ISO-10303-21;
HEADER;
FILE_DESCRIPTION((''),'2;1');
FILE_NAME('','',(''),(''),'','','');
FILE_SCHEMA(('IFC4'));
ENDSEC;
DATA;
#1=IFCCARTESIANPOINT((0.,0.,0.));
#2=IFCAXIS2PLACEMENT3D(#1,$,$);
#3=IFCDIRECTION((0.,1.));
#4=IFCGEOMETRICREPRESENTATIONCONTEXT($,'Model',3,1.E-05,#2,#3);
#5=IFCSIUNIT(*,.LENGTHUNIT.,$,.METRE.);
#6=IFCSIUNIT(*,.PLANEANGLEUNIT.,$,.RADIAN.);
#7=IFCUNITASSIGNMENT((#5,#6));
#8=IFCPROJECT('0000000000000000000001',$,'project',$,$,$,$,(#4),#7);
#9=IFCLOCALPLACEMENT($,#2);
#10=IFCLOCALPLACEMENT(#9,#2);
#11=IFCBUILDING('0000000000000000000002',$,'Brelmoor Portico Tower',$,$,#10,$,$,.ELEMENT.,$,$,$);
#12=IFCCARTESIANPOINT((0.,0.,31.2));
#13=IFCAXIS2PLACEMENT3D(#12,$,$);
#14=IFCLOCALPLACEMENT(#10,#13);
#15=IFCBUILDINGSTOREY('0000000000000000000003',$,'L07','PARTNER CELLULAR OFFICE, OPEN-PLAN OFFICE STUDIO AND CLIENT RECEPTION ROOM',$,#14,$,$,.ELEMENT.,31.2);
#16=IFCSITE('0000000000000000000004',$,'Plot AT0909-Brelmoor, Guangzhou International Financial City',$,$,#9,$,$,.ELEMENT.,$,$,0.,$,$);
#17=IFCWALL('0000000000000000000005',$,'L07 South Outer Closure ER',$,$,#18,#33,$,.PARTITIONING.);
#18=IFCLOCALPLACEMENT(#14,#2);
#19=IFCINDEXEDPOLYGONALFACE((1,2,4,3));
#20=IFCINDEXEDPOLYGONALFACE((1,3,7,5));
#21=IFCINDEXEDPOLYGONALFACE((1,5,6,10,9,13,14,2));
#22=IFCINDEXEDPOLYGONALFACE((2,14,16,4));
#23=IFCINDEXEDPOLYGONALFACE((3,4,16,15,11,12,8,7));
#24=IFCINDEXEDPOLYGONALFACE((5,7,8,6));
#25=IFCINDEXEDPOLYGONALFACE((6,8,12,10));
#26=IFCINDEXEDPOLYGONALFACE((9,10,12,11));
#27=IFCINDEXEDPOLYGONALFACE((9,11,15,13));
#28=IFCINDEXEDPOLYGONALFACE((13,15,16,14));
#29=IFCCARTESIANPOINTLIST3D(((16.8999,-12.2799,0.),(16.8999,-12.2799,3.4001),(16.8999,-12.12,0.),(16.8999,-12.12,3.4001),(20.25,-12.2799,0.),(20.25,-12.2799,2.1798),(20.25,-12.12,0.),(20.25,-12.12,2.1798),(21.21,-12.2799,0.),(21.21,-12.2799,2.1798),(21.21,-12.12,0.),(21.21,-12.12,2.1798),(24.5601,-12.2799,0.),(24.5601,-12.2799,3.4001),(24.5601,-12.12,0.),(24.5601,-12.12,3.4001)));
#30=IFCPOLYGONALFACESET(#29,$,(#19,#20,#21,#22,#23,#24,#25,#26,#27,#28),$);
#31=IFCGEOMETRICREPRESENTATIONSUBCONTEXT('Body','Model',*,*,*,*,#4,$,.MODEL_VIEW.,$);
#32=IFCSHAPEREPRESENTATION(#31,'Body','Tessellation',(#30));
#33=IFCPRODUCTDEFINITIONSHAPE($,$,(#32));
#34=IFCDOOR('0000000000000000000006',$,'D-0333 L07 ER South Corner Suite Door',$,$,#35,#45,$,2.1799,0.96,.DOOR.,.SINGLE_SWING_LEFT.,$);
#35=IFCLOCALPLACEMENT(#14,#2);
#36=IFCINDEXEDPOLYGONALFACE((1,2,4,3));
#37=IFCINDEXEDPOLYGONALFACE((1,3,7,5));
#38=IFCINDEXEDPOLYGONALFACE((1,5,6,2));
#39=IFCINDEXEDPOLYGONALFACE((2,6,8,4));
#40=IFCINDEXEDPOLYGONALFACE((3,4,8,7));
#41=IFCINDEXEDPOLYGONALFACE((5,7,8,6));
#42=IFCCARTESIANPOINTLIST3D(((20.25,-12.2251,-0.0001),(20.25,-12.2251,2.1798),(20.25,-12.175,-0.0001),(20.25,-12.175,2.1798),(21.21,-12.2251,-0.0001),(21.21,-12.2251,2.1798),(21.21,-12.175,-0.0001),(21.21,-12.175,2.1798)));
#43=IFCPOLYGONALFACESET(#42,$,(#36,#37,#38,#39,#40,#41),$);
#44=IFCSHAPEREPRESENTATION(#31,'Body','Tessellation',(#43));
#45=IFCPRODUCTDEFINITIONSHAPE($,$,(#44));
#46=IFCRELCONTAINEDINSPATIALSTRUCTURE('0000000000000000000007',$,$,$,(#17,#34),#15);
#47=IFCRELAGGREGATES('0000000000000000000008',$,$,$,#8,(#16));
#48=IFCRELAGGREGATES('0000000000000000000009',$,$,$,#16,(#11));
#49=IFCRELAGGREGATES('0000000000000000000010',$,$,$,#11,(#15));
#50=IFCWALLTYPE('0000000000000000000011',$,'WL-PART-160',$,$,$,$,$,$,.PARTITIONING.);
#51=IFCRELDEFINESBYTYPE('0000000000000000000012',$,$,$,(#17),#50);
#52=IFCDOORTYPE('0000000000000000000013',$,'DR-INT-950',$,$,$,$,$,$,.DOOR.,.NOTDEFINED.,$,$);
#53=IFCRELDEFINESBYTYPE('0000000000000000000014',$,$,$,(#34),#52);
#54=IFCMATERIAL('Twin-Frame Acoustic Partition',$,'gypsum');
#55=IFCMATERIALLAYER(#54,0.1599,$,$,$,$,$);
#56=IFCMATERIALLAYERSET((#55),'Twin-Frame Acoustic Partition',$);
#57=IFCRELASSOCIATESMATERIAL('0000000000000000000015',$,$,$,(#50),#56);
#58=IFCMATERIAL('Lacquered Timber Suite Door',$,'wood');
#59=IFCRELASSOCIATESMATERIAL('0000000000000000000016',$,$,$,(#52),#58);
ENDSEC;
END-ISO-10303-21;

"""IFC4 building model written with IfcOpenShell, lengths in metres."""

from ifc_helpers import new_model, si_unit, direction, frame, frame_2d, origin, place, context, subcontext, project, spatial, rectangle, extrude, material, layer, layer_set, type_object, element, fill, save


model = new_model("IFC4")

# Units and contexts
model_context = context("Model", 3, precision=1e-05, world=origin(), true_north=direction((0.0, 1.0)))
body_context = subcontext(model_context, "Body", "Model", "MODEL_VIEW")
ifc_project = project(units=[si_unit("LENGTHUNIT", "METRE"), si_unit("PLANEANGLEUNIT", "RADIAN")], contexts=[model_context])

# Site, building, storey
site_placement = place(None, origin())
site = spatial("IfcSite", under=ifc_project, at=site_placement, Name="Plot AT0909-Brelmoor, Guangzhou International Financial City", CompositionType="ELEMENT", RefElevation=0.0)
building_placement = place(site_placement, origin())
building = spatial("IfcBuilding", under=site, at=building_placement, Name="Brelmoor Portico Tower", CompositionType="ELEMENT")
storey_placement = place(building_placement, frame((0.0, 0.0, 31.2)))
storey = spatial("IfcBuildingStorey", under=building, at=storey_placement, Name="L07", Description="PARTNER CELLULAR OFFICE, OPEN-PLAN OFFICE STUDIO AND CLIENT RECEPTION ROOM", CompositionType="ELEMENT", Elevation=31.2)

# Wall, opening, door
ifc_material_1 = material(Name="Twin-Frame Acoustic Partition", Category="gypsum")
ifc_layer_1 = layer(ifc_material_1, 0.1599)
ifc_layer_set_1 = layer_set([ifc_layer_1], Name="Twin-Frame Acoustic Partition")
wall_type_1 = type_object("IfcWallType", Name="WL-PART-160", PredefinedType="PARTITIONING", material=ifc_layer_set_1)
wall_placement = place(storey_placement, frame((16.8999, -12.2, 0.0), z_axis=(0.0, 0.0, 1.0), x_axis=(1.0, 0.0, 0.0)))
wall = element("IfcWall", 1, at=wall_placement, inside=storey, type_object=wall_type_1, Name="L07 South Outer Closure ER", PredefinedType="PARTITIONING", context=body_context, shape_type="SweptSolid", body=[
    extrude(rectangle(XDim=7.6602, YDim=0.1599, at=frame_2d((3.8301, 0.0))), origin(), (0.0, 0.0, 1.0), 3.4001),
])
opening_placement = place(wall_placement, frame((3.3501, 0.0, 0.0)))
opening = element("IfcOpeningElement", 2, at=opening_placement, cuts=wall, PredefinedType="OPENING", context=body_context, shape_type="SweptSolid", body=[
    extrude(rectangle(XDim=0.96, YDim=2.1799, at=frame_2d((0.48, 1.0898))), frame((0.0, 0.0898, 0.0), z_axis=(0.0, -1.0, 0.0), x_axis=(1.0, 0.0, 0.0)), (0.0, 0.0, 1.0), 0.1799),
])
ifc_material_2 = material(Name="Lacquered Timber Suite Door", Category="wood")
door_type = type_object("IfcDoorType", Name="DR-INT-950", OperationType="NOTDEFINED", PredefinedType="DOOR", material=ifc_material_2)
door_placement = place(opening_placement, origin())
door = element("IfcDoor", 3, at=door_placement, inside=storey, type_object=door_type, Name="D-0333 L07 ER South Corner Suite Door", OperationType="SINGLE_SWING_LEFT", OverallHeight=2.1799, OverallWidth=0.96, PredefinedType="DOOR", context=body_context, shape_type="SweptSolid", body=[
    extrude(rectangle(XDim=0.96, YDim=2.1799, at=frame_2d((0.48, 1.0898))), frame((0.0, 0.0249, 0.0), z_axis=(0.0, -1.0, 0.0), x_axis=(1.0, 0.0, 0.0)), (0.0, 0.0, 1.0), 0.05),
])
fill(opening, door)

save(model, "model.ifc")
